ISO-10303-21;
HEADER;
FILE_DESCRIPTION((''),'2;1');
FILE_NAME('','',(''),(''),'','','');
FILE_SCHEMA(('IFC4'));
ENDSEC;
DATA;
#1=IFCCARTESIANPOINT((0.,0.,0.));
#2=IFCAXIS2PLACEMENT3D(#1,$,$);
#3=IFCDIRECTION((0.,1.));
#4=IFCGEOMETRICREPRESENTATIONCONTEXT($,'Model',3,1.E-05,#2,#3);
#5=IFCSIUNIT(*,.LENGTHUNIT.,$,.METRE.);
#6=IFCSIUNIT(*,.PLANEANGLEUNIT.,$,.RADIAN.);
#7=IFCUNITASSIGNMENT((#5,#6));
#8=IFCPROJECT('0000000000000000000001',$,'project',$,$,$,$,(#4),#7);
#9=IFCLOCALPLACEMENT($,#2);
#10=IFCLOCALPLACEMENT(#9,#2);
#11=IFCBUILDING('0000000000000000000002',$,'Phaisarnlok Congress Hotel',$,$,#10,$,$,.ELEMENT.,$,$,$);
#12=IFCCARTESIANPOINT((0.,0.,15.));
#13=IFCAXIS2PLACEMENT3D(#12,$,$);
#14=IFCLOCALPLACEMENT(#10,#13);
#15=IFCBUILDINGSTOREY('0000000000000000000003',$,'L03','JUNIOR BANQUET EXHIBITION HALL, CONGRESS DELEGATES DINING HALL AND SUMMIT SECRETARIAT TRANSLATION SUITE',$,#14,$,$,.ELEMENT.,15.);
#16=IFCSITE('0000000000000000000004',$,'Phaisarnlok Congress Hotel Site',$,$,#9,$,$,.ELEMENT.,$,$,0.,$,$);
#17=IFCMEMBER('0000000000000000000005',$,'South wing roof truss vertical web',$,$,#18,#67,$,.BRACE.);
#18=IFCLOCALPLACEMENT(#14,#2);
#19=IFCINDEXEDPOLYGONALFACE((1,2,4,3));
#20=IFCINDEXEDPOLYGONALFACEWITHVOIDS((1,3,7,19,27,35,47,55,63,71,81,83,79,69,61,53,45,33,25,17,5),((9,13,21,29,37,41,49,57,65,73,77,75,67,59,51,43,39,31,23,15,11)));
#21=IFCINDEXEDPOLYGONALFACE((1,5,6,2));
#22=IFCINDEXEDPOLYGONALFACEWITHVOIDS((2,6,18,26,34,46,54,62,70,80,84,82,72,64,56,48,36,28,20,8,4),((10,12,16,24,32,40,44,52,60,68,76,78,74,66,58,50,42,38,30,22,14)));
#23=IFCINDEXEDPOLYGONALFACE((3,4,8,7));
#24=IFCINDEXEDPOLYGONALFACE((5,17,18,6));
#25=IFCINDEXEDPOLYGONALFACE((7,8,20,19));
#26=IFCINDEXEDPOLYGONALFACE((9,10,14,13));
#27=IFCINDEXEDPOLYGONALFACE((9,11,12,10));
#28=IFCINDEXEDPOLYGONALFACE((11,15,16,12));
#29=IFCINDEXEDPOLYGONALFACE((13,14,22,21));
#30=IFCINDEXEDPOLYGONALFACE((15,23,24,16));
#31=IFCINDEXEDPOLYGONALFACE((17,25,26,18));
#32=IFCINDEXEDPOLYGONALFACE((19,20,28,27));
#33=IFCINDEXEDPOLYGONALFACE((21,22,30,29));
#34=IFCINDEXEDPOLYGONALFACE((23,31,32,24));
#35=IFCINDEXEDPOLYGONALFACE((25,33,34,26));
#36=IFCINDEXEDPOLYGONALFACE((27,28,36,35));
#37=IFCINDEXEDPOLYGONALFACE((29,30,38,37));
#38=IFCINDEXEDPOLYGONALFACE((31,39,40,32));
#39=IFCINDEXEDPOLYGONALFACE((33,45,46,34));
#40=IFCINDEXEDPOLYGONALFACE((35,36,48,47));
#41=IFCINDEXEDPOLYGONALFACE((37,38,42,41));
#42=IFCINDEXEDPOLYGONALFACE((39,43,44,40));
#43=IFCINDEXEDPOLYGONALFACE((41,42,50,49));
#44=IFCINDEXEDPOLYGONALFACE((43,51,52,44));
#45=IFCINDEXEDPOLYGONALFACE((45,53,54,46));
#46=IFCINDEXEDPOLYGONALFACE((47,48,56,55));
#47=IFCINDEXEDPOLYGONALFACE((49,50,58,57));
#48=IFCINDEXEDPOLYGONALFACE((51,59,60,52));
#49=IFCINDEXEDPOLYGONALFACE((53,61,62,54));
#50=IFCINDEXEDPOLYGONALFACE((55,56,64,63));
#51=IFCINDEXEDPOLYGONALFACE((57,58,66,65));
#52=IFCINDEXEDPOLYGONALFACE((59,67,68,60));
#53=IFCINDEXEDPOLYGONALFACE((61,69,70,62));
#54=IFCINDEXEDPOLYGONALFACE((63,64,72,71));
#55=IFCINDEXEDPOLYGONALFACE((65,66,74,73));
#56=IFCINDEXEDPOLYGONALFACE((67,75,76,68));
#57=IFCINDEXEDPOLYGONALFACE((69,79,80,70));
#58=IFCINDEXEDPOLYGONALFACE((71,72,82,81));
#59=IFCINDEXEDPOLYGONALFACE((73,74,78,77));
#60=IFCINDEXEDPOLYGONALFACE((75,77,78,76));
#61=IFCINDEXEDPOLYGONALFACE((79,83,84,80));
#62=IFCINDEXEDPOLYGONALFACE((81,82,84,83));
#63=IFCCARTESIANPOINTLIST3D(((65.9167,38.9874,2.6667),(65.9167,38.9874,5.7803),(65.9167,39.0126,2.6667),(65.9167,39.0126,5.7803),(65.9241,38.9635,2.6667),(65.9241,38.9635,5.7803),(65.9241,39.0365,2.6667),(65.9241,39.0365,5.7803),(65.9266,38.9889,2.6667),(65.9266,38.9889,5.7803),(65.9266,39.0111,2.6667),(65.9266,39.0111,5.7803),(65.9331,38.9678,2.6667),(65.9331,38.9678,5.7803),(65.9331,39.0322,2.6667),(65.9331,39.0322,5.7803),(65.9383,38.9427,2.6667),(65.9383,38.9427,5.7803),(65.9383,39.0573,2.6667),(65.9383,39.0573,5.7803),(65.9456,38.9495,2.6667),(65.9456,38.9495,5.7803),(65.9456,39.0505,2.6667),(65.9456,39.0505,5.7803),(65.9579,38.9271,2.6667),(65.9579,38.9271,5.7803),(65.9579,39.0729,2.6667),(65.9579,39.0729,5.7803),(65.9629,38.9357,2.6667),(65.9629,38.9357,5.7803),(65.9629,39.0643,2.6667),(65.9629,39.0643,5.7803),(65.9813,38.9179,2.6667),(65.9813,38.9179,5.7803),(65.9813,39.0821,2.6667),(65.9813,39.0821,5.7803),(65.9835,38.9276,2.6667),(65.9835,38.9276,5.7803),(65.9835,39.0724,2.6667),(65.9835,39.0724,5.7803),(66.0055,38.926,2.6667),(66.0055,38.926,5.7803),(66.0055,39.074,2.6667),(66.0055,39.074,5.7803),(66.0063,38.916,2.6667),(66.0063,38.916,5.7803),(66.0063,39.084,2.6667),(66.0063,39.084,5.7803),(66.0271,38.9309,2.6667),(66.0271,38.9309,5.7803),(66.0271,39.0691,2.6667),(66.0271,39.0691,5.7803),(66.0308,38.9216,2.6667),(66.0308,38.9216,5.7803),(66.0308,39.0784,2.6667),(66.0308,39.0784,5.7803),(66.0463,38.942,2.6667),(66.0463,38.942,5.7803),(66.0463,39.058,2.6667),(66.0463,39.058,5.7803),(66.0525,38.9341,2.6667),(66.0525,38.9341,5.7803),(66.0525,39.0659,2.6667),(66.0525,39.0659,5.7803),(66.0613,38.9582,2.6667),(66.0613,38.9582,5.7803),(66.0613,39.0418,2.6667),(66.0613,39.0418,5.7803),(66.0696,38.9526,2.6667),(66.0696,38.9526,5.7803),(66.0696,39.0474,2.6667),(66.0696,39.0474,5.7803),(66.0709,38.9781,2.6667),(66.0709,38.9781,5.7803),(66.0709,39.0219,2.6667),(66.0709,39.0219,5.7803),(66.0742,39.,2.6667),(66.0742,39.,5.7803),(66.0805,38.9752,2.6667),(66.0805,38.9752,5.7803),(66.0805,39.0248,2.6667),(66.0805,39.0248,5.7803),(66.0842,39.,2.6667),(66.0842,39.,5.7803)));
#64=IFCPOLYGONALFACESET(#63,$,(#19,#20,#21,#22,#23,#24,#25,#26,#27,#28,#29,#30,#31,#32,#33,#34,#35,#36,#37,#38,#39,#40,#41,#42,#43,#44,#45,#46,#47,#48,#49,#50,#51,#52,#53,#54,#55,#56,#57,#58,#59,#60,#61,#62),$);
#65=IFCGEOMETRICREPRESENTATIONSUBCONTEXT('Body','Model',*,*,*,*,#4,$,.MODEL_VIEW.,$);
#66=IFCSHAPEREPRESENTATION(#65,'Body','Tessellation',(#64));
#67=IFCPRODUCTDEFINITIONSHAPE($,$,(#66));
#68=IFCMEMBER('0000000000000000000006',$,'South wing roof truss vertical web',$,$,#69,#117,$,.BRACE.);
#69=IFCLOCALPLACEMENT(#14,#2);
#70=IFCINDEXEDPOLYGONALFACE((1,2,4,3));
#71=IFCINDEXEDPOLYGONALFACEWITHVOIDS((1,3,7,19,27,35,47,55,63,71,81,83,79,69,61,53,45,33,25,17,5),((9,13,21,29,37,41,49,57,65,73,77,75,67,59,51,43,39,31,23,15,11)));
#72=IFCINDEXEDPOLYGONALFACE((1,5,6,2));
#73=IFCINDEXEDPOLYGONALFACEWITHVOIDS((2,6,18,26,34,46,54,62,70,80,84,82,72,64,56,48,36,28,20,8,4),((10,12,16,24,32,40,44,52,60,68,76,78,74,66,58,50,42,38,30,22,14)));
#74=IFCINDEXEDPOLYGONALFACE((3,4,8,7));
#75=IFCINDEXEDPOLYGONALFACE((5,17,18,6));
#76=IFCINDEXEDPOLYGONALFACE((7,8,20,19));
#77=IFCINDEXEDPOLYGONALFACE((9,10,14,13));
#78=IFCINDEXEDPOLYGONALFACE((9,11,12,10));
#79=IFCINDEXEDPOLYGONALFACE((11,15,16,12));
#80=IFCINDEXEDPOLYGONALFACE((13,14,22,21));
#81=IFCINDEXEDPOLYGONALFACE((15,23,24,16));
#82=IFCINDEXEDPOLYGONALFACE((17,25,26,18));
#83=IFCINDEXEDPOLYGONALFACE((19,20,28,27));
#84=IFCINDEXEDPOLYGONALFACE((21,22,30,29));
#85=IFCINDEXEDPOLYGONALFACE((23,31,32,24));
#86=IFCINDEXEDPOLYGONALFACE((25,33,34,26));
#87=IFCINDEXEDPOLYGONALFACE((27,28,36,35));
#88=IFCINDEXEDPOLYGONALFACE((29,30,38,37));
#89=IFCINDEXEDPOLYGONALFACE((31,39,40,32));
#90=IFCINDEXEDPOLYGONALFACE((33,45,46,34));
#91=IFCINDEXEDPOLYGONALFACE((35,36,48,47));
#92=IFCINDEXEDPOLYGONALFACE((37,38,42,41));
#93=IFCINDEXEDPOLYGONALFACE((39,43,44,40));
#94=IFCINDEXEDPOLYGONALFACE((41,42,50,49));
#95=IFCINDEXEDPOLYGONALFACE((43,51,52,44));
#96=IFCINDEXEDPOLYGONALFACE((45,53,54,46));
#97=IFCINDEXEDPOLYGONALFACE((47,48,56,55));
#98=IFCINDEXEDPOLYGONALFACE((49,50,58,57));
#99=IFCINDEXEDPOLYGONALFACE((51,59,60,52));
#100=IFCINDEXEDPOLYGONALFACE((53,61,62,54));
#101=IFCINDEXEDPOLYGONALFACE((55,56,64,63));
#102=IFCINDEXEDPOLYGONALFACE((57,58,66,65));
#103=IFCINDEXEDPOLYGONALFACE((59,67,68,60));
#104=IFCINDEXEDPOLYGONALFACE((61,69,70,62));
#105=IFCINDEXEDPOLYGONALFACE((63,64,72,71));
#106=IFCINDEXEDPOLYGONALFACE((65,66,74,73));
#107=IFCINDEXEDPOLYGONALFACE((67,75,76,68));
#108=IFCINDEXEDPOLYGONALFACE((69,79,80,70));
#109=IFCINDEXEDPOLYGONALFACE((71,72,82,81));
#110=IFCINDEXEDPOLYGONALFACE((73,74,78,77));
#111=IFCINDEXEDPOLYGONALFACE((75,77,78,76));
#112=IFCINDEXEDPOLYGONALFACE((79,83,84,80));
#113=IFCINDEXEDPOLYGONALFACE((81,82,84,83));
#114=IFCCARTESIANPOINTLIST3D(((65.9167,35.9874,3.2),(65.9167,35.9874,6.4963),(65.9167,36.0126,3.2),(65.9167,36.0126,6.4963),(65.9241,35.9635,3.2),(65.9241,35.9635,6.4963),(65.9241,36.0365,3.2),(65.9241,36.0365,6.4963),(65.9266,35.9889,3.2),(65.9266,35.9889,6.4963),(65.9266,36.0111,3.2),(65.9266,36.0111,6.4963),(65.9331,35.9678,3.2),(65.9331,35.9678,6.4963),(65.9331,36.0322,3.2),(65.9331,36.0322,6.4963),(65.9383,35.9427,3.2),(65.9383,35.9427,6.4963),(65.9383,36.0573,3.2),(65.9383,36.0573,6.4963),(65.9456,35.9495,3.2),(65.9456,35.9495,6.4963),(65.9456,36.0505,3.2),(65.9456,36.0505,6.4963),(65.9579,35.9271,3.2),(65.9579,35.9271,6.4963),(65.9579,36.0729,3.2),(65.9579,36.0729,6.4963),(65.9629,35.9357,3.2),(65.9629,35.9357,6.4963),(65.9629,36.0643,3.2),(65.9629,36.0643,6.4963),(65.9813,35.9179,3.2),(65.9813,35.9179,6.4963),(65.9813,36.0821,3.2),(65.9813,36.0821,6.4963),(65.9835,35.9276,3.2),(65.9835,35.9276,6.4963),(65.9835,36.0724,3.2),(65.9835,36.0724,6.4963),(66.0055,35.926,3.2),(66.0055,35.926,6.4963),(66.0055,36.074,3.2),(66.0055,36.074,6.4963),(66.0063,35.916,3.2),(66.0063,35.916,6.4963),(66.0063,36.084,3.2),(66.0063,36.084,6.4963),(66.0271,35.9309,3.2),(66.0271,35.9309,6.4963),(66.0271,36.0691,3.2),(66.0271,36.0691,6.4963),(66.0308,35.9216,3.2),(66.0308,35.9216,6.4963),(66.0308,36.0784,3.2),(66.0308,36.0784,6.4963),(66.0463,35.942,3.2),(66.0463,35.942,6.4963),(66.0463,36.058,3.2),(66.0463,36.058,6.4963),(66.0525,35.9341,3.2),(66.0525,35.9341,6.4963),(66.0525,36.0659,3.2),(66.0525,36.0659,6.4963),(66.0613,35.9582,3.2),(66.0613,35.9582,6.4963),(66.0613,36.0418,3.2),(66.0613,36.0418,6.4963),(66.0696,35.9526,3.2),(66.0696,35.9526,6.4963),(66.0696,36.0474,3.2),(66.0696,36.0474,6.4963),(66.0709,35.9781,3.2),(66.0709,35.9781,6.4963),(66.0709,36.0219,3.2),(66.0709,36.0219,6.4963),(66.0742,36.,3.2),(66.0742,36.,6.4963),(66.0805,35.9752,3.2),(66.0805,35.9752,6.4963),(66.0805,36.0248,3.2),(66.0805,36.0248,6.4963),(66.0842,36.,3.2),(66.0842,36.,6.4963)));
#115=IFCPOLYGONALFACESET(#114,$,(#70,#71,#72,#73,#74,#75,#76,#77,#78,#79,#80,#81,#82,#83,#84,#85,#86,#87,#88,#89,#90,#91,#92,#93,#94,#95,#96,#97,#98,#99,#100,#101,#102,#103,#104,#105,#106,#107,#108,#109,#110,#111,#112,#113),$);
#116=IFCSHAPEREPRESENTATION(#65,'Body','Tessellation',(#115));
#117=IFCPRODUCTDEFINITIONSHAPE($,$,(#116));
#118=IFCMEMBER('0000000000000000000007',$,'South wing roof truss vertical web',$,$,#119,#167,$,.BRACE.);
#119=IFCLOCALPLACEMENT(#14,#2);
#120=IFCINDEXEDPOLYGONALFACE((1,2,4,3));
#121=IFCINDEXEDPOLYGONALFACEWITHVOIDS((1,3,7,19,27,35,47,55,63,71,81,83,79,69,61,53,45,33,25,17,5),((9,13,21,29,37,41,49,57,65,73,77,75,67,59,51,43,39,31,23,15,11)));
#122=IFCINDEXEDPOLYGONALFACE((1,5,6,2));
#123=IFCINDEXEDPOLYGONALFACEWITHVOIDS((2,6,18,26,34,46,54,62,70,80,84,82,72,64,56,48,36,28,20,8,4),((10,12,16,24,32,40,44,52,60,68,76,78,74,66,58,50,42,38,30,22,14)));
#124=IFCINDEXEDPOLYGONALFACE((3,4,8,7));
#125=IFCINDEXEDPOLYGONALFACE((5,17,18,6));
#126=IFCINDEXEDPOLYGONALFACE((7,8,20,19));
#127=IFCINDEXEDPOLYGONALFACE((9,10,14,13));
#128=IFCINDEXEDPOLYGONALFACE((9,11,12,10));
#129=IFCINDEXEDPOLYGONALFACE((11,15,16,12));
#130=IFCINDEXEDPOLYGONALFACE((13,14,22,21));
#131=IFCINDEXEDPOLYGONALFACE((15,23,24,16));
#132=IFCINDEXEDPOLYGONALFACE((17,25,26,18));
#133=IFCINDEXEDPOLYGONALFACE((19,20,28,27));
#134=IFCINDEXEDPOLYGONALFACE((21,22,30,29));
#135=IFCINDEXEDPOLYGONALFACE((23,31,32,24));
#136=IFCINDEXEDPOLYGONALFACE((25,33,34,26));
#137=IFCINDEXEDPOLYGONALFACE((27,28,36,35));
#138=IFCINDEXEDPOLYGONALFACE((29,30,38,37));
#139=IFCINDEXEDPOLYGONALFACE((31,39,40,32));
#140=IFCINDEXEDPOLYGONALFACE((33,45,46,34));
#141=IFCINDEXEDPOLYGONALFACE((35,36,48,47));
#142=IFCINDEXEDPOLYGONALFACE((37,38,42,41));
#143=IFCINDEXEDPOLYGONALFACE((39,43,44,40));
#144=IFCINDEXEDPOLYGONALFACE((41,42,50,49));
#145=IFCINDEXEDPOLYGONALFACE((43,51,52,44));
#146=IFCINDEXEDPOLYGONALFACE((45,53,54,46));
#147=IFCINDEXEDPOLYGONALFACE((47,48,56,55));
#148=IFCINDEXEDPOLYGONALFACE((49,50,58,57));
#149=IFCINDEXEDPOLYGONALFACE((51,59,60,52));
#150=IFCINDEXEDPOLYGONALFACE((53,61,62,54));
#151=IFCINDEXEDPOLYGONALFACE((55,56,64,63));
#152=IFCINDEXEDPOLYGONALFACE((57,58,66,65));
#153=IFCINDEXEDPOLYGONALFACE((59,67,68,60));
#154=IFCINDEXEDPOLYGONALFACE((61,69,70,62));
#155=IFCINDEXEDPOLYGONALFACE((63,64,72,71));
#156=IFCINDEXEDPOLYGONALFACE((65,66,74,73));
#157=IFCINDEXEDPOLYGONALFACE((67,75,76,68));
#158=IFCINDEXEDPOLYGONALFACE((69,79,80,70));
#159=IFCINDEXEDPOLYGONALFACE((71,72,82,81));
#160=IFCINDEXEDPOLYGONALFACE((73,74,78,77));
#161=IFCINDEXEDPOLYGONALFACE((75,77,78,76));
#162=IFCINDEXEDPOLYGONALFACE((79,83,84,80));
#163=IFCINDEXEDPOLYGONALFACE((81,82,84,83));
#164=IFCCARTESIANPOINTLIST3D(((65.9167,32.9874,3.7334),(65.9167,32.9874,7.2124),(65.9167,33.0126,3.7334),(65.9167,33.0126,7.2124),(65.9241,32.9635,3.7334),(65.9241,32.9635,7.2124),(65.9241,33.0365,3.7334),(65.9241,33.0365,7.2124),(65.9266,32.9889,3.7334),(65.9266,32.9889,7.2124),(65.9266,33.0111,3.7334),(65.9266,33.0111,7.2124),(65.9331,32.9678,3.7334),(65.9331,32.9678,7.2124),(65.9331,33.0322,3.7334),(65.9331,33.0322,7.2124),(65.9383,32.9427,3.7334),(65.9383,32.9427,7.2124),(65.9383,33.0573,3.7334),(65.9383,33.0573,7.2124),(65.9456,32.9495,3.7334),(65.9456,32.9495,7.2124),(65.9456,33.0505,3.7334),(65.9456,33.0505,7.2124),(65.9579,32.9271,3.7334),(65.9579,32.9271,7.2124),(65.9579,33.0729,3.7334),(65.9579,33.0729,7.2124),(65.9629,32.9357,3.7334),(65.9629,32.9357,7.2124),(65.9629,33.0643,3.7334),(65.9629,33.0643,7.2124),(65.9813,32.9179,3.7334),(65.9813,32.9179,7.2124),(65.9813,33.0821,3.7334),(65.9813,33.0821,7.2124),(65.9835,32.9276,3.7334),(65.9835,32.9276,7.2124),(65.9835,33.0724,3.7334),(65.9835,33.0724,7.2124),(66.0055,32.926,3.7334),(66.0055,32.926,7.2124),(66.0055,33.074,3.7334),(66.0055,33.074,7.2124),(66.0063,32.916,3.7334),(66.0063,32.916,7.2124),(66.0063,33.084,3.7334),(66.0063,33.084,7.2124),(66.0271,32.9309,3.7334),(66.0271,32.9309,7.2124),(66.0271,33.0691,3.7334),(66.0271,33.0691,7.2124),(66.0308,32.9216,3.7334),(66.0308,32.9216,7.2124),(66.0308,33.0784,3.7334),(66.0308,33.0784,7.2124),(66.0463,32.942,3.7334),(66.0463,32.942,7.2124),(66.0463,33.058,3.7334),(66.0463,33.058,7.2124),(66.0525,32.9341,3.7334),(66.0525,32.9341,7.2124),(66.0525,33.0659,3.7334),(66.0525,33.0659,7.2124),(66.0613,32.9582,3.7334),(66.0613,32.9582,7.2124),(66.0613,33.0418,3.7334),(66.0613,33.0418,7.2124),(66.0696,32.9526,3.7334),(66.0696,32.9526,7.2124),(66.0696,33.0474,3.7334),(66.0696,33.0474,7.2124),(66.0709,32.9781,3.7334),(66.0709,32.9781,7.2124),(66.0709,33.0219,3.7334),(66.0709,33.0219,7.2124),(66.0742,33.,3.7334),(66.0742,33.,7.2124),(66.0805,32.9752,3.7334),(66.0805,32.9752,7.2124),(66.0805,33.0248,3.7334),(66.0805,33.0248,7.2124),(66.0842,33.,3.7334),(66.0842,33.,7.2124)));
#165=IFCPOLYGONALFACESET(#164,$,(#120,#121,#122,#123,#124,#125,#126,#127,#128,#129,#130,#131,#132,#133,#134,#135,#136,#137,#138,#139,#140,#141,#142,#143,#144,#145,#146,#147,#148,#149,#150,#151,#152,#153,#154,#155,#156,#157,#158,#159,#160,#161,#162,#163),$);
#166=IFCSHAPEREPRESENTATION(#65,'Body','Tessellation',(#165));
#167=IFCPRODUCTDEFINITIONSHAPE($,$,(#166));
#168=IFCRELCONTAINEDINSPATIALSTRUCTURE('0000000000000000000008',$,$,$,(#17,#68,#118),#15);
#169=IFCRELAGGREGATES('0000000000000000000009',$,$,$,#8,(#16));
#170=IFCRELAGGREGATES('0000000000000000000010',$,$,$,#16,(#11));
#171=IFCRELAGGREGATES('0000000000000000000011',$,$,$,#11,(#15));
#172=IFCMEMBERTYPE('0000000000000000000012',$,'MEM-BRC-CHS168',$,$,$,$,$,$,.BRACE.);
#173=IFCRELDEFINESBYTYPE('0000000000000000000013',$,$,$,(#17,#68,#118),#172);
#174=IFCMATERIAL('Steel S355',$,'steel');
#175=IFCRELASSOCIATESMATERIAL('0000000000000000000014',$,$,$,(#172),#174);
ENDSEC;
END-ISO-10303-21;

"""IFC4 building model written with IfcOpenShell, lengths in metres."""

from ifc_helpers import new_model, si_unit, direction, frame, origin, origin_2d, place, context, subcontext, project, spatial, hollow_circle, extrude, material, material_profile, profile_set, type_object, element, save


model = new_model("IFC4")

# Units and contexts
model_context = context("Model", 3, precision=1e-05, world=origin(), true_north=direction((0.0, 1.0)))
body_context = subcontext(model_context, "Body", "Model", "MODEL_VIEW")
ifc_project = project(units=[si_unit("LENGTHUNIT", "METRE"), si_unit("PLANEANGLEUNIT", "RADIAN")], contexts=[model_context])

# Site, building, storey
site_placement = place(None, origin())
site = spatial("IfcSite", under=ifc_project, at=site_placement, Name="Phaisarnlok Congress Hotel Site", CompositionType="ELEMENT", RefElevation=0.0)
building_placement = place(site_placement, origin())
building = spatial("IfcBuilding", under=site, at=building_placement, Name="Phaisarnlok Congress Hotel", CompositionType="ELEMENT")
storey_placement = place(building_placement, frame((0.0, 0.0, 15.0)))
storey = spatial("IfcBuildingStorey", under=building, at=storey_placement, Name="L03", Description="JUNIOR BANQUET EXHIBITION HALL, CONGRESS DELEGATES DINING HALL AND SUMMIT SECRETARIAT TRANSLATION SUITE", CompositionType="ELEMENT", Elevation=15.0)

# Shared definitions
ifc_material_1 = material(Name="Steel S355", Category="steel")

# Members
ifc_material_profile_1 = material_profile(ifc_material_1, hollow_circle(Radius=0.0842, WallThickness=0.01, at=origin_2d()), Name="CHS 168.3x10")
ifc_profile_set_1 = profile_set([ifc_material_profile_1], Name="Steel S355")
member_type_1 = type_object("IfcMemberType", Name="MEM-BRC-CHS168", PredefinedType="BRACE", material=ifc_profile_set_1)
member_1_placement = place(storey_placement, frame((66.0, 39.0, 2.6667), z_axis=(0.0, 0.0, 1.0), x_axis=(1.0, 0.0, 0.0)))
element("IfcMember", 1, at=member_1_placement, inside=storey, type_object=member_type_1, Name="South wing roof truss vertical web", PredefinedType="BRACE", context=body_context, shape_type="SweptSolid", body=[
    extrude(hollow_circle(Radius=0.0842, WallThickness=0.01, at=origin_2d()), origin(), (0.0, 0.0, 1.0), 3.1135),
])
member_2_placement = place(storey_placement, frame((66.0, 36.0, 3.2), z_axis=(0.0, 0.0, 1.0), x_axis=(1.0, 0.0, 0.0)))
element("IfcMember", 2, at=member_2_placement, inside=storey, type_object=member_type_1, Name="South wing roof truss vertical web", PredefinedType="BRACE", context=body_context, shape_type="SweptSolid", body=[
    extrude(hollow_circle(Radius=0.0842, WallThickness=0.01, at=origin_2d()), origin(), (0.0, 0.0, 1.0), 3.2964),
])
member_3_placement = place(storey_placement, frame((66.0, 33.0, 3.7334), z_axis=(0.0, 0.0, 1.0), x_axis=(1.0, 0.0, 0.0)))
element("IfcMember", 3, at=member_3_placement, inside=storey, type_object=member_type_1, Name="South wing roof truss vertical web", PredefinedType="BRACE", context=body_context, shape_type="SweptSolid", body=[
    extrude(hollow_circle(Radius=0.0842, WallThickness=0.01, at=origin_2d()), origin(), (0.0, 0.0, 1.0), 3.479),
])

save(model, "model.ifc")
